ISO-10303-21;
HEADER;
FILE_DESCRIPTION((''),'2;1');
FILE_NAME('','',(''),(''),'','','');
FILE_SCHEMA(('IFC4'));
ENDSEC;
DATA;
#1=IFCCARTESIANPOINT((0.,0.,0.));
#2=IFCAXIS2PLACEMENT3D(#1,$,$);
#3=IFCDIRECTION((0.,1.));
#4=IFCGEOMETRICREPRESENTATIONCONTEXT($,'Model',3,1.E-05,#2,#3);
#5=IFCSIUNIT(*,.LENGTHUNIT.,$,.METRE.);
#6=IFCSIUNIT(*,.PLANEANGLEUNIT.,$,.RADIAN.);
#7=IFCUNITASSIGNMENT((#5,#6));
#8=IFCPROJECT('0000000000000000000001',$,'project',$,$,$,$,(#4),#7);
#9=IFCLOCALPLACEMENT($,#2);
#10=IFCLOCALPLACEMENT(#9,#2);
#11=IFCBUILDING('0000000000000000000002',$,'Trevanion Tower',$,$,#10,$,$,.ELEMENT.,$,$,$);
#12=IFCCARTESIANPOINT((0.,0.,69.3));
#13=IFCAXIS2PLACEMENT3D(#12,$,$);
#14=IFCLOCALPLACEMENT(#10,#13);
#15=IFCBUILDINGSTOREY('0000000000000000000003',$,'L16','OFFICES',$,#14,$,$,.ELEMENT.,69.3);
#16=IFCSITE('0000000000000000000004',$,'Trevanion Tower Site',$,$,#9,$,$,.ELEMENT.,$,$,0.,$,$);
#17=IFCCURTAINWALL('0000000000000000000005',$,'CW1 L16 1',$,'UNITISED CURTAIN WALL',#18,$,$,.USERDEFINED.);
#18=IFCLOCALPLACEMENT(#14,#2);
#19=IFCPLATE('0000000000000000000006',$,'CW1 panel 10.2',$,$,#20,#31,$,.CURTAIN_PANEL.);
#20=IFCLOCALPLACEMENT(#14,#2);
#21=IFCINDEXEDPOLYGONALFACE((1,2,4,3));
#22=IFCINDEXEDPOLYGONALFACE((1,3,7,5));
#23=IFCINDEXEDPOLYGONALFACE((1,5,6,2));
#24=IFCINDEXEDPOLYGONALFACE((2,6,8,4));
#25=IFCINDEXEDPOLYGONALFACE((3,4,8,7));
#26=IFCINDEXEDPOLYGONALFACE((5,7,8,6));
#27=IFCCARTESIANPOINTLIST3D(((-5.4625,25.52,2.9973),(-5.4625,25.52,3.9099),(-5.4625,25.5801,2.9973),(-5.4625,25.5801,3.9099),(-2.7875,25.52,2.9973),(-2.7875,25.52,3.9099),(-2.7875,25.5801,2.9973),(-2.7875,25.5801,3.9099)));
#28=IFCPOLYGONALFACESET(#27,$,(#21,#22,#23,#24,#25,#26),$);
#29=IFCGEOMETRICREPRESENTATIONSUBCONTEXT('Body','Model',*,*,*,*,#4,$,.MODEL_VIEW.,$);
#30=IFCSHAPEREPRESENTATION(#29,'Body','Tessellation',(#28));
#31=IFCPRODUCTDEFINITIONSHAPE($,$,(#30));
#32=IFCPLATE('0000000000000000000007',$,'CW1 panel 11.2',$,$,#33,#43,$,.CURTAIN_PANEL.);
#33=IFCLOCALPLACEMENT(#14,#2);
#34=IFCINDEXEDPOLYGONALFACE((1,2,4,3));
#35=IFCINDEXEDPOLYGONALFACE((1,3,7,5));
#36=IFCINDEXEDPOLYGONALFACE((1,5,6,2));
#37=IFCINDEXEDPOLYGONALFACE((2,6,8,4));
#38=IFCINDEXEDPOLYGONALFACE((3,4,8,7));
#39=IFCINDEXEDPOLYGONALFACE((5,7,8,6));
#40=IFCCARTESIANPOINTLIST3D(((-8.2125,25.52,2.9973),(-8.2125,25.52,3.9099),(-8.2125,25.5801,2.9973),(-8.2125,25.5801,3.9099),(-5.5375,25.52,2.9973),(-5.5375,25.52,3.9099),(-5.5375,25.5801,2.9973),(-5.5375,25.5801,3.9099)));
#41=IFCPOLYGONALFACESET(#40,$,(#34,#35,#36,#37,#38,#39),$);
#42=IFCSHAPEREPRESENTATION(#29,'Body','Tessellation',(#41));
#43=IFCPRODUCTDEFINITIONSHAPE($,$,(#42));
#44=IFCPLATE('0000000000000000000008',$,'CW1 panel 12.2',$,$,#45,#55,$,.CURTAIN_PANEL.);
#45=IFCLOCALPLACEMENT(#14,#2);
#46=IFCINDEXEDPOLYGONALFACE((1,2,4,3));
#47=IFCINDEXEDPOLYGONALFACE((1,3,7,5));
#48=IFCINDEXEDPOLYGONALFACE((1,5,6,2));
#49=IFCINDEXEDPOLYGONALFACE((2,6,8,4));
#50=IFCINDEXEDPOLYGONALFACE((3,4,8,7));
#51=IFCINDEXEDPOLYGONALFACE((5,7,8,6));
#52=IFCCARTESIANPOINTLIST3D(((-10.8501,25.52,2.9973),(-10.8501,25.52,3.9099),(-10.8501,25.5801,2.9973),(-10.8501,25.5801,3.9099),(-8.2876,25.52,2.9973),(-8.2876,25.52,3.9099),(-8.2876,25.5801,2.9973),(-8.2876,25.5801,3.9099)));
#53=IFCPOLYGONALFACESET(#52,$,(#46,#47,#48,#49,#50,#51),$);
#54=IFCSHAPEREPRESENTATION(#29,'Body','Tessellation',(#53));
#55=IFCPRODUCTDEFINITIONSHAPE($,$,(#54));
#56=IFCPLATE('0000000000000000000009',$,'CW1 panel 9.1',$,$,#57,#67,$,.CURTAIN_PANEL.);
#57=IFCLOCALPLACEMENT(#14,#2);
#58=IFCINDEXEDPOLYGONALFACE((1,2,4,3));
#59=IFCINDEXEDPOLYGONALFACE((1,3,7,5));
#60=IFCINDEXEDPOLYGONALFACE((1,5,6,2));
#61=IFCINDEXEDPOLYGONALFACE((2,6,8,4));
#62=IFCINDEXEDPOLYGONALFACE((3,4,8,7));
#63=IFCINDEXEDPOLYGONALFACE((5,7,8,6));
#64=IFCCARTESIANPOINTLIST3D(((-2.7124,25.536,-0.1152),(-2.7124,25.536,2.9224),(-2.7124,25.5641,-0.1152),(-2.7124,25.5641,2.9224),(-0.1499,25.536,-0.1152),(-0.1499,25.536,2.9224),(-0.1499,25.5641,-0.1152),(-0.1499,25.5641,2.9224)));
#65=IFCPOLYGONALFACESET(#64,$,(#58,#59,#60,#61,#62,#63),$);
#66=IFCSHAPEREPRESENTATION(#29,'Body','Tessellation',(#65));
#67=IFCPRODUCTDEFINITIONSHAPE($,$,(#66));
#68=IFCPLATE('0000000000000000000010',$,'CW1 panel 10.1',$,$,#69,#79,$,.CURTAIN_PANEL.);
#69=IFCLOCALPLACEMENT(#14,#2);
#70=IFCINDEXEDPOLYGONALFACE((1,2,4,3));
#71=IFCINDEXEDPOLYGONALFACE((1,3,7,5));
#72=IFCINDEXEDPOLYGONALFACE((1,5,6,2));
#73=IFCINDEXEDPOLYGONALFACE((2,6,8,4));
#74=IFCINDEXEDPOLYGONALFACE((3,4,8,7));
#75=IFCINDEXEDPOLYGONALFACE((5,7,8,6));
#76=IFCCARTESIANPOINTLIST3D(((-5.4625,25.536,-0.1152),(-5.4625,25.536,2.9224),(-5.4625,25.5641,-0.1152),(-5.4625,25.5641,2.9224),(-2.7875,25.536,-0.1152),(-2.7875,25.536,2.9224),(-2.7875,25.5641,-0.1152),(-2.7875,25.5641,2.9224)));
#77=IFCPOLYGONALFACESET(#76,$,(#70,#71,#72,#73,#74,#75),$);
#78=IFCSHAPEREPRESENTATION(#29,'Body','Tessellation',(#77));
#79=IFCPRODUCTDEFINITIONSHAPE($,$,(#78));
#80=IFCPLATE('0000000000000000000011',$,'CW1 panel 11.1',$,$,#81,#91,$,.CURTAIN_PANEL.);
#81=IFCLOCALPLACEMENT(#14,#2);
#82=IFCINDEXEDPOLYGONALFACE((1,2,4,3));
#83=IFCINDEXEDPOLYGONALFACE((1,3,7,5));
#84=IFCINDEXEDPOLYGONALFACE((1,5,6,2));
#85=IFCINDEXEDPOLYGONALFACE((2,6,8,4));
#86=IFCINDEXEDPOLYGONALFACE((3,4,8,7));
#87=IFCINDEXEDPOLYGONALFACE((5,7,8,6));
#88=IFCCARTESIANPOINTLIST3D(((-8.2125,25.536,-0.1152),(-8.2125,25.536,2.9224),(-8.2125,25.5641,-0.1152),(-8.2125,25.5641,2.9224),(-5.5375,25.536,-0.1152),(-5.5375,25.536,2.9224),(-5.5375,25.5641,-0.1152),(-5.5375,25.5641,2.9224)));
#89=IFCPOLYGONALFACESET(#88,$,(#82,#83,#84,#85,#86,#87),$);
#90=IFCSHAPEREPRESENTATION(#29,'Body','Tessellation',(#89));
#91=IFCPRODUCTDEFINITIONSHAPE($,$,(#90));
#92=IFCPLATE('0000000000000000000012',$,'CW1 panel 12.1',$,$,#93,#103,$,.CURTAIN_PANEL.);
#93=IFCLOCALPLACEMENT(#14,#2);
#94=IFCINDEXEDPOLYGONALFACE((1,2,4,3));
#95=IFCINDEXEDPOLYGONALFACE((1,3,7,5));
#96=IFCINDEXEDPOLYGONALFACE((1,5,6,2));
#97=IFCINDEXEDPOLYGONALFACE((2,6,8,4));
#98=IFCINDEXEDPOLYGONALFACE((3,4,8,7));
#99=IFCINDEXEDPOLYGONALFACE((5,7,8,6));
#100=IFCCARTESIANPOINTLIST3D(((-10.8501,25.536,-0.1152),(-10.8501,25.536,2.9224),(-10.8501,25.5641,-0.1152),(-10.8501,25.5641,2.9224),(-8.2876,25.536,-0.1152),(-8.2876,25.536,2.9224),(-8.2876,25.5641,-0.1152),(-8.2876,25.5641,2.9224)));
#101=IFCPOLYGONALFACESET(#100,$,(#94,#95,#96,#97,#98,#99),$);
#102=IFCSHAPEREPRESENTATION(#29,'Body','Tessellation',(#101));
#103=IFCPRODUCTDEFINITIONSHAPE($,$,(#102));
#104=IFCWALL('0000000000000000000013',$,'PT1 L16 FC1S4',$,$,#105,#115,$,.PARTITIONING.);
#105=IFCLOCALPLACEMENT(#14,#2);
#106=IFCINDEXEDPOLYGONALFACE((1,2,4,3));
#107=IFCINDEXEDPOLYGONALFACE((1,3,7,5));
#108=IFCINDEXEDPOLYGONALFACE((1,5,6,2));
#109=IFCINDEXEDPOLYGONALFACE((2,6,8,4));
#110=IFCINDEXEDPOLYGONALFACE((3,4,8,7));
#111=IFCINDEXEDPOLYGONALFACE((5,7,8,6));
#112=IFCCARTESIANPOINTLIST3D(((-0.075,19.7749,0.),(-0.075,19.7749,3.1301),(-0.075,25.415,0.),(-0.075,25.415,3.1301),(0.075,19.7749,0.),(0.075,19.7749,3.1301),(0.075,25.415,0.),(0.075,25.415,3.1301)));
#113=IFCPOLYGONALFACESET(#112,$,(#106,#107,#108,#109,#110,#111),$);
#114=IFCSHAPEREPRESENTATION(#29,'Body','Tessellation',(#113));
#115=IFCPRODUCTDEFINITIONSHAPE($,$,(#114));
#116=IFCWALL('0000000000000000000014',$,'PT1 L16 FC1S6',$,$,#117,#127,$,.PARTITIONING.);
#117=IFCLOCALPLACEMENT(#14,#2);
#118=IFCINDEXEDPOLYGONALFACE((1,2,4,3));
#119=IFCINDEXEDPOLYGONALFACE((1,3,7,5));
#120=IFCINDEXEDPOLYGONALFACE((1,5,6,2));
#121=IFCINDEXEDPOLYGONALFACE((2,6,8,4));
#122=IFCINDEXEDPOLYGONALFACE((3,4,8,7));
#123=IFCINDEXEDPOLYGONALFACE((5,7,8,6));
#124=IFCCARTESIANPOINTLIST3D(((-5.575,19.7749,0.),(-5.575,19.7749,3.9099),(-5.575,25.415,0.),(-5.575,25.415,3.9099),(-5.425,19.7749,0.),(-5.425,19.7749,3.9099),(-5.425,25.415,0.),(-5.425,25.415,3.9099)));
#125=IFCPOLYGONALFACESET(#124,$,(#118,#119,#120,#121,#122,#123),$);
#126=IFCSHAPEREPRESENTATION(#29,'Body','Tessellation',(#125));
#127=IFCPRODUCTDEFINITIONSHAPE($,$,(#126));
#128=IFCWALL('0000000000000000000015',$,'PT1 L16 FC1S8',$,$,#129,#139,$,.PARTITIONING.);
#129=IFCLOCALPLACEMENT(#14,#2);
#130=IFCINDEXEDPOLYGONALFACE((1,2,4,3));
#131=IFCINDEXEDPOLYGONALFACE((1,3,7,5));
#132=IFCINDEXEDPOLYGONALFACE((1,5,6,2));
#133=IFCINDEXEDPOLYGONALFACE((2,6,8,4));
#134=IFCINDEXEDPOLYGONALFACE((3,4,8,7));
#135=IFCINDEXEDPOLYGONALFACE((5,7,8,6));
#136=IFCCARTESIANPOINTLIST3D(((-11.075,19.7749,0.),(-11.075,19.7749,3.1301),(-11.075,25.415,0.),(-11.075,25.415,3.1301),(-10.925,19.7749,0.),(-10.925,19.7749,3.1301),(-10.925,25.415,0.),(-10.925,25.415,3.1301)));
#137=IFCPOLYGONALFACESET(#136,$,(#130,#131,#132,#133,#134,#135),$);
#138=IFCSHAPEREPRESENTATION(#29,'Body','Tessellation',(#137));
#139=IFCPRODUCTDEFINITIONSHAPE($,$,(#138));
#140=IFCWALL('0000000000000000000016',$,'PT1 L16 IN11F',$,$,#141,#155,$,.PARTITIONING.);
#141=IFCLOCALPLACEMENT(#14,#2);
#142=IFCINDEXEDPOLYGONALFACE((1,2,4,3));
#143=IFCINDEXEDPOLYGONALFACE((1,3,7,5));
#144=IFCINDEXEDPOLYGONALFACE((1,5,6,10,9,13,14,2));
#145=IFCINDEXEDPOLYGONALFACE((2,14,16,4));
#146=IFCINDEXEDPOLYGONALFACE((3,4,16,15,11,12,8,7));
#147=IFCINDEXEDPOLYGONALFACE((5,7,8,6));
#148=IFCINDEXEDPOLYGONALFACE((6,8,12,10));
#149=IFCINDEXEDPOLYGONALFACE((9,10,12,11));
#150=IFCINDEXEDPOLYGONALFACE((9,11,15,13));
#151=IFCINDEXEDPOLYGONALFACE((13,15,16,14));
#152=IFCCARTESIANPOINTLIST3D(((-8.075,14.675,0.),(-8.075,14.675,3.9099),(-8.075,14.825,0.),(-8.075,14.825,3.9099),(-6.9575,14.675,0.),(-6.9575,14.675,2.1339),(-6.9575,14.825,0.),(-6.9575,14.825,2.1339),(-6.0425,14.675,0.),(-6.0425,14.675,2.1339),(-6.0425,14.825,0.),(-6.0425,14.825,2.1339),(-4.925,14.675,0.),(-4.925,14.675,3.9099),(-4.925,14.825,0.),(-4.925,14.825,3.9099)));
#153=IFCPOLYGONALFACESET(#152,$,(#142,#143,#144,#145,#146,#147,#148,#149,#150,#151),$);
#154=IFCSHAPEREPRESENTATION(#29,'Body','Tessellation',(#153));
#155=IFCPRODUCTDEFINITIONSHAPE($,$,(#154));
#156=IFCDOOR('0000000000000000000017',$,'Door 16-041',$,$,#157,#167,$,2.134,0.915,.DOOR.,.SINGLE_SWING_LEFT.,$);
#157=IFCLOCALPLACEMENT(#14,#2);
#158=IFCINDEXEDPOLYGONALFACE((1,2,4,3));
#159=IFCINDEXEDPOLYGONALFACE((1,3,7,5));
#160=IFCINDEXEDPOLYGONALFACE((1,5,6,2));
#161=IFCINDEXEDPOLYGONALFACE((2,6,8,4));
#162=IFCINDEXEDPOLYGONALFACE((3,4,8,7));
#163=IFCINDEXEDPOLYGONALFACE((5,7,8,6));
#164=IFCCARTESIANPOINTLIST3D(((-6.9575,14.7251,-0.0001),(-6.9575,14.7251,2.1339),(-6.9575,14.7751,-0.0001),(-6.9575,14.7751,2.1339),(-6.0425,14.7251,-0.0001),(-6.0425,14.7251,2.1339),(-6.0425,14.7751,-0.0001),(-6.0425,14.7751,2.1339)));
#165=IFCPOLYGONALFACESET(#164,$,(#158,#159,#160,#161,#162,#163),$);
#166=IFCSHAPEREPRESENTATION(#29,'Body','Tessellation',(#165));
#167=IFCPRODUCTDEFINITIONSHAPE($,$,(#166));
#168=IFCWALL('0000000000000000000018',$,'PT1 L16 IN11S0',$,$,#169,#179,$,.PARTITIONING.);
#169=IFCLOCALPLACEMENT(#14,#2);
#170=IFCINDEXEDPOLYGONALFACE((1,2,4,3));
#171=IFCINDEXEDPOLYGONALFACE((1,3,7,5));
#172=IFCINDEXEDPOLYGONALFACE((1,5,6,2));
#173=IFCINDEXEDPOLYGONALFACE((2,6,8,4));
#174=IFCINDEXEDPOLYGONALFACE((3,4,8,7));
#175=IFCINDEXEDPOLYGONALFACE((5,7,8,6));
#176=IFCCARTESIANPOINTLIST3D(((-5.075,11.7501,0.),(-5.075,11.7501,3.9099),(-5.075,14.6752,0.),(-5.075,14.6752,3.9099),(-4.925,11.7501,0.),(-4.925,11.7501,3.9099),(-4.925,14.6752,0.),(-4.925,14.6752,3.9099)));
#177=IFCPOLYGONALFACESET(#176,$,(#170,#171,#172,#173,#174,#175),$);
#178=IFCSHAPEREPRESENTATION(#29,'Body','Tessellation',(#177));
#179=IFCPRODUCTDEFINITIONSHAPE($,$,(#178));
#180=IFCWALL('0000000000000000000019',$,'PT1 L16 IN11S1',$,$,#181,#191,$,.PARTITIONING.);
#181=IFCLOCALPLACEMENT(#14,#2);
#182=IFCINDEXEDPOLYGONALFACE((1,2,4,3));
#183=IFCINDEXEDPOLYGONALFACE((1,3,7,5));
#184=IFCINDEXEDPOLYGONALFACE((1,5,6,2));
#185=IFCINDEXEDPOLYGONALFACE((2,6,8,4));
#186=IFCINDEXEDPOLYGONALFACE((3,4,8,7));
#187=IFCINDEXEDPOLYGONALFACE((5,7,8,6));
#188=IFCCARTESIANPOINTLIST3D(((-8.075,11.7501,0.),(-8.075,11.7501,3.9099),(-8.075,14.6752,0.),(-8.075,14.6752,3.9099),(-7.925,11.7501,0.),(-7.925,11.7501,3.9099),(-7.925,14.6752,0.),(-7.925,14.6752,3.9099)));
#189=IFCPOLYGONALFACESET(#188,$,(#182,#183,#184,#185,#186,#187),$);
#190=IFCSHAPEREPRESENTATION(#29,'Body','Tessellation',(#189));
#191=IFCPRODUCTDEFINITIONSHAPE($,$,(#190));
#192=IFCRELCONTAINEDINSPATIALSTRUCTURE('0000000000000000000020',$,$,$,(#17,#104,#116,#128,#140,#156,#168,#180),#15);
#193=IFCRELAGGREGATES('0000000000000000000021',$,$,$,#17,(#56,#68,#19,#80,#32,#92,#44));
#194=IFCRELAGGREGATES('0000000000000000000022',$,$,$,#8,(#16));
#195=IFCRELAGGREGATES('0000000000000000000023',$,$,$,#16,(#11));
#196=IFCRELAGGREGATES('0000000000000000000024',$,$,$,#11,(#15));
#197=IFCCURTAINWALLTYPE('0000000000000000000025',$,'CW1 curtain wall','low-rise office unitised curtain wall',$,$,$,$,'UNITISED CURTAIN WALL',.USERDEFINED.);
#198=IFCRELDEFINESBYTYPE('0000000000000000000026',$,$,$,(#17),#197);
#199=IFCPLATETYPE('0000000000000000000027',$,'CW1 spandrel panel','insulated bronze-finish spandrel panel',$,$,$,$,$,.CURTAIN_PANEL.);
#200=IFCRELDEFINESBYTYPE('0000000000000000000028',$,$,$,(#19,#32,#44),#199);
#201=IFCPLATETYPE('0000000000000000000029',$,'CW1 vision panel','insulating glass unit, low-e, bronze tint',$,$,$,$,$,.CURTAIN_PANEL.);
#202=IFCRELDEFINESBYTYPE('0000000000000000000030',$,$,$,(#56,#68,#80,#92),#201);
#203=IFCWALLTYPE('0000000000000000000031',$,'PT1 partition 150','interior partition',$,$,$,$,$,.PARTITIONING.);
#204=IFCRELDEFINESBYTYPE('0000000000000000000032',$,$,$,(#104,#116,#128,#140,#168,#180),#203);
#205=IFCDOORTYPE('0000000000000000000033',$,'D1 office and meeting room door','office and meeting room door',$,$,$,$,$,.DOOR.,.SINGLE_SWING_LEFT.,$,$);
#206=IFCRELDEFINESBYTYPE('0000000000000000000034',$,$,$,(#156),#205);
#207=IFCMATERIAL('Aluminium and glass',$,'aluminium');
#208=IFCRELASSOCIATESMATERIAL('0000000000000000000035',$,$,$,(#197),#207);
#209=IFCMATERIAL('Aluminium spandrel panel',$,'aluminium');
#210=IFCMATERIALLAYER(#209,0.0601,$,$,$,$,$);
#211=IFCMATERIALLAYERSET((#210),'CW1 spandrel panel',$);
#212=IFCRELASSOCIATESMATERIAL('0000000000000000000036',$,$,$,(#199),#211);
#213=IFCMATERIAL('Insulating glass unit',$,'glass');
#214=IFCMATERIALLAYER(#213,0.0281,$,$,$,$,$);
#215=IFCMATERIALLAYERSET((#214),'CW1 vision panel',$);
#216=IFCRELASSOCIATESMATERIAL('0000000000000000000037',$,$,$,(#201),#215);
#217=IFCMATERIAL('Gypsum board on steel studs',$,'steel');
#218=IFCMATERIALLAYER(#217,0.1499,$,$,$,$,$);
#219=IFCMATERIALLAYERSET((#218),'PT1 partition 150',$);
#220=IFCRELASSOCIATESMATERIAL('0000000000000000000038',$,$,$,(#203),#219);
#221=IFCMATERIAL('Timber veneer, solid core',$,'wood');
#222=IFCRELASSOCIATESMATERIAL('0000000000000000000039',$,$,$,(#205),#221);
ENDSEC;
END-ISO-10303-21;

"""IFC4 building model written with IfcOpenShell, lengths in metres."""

from ifc_helpers import new_model, si_unit, direction, frame, frame_2d, origin, origin_2d, place, context, subcontext, project, spatial, rectangle, extrude, material, layer, layer_set, type_object, element, fill, aggregate, save


model = new_model("IFC4")

# Units and contexts
model_context = context("Model", 3, precision=1e-05, world=origin(), true_north=direction((0.0, 1.0)))
body_context = subcontext(model_context, "Body", "Model", "MODEL_VIEW")
ifc_project = project(units=[si_unit("LENGTHUNIT", "METRE"), si_unit("PLANEANGLEUNIT", "RADIAN")], contexts=[model_context])

# Site, building, storey
site_placement = place(None, origin())
site = spatial("IfcSite", under=ifc_project, at=site_placement, Name="Trevanion Tower Site", CompositionType="ELEMENT", RefElevation=0.0)
building_placement = place(site_placement, origin())
building = spatial("IfcBuilding", under=site, at=building_placement, Name="Trevanion Tower", CompositionType="ELEMENT")
storey_placement = place(building_placement, frame((0.0, 0.0, 69.3)))
storey = spatial("IfcBuildingStorey", under=building, at=storey_placement, Name="L16", Description="OFFICES", CompositionType="ELEMENT", Elevation=69.3)

# Curtain wall
ifc_material_1 = material(Name="Aluminium and glass", Category="aluminium")
curtain_wall_type = type_object("IfcCurtainWallType", Name="CW1 curtain wall", Description="low-rise office unitised curtain wall", ElementType="UNITISED CURTAIN WALL", PredefinedType="USERDEFINED", material=ifc_material_1)
curtain_wall_placement = place(storey_placement, origin())
curtain_wall = element("IfcCurtainWall", 1, at=curtain_wall_placement, inside=storey, type_object=curtain_wall_type, Name="CW1 L16 1", ObjectType="UNITISED CURTAIN WALL", PredefinedType="USERDEFINED")

# Plates
ifc_material_2 = material(Name="Aluminium spandrel panel", Category="aluminium")
ifc_layer_1 = layer(ifc_material_2, 0.0601)
ifc_layer_set_1 = layer_set([ifc_layer_1], Name="CW1 spandrel panel")
plate_type_1 = type_object("IfcPlateType", Name="CW1 spandrel panel", Description="insulated bronze-finish spandrel panel", PredefinedType="CURTAIN_PANEL", material=ifc_layer_set_1)
plate_1_placement = place(storey_placement, frame((-4.125, 25.55, 2.9973), z_axis=(0.0, 0.0, 1.0), x_axis=(-1.0, 0.0, 0.0)))
plate_1 = element("IfcPlate", 2, at=plate_1_placement, type_object=plate_type_1, Name="CW1 panel 10.2", PredefinedType="CURTAIN_PANEL", context=body_context, shape_type="SweptSolid", body=[
    extrude(rectangle(XDim=2.675, YDim=0.0601, at=origin_2d()), origin(), (0.0, 0.0, 1.0), 0.9126),
])
plate_2_placement = place(storey_placement, frame((-6.875, 25.55, 2.9973), z_axis=(0.0, 0.0, 1.0), x_axis=(-1.0, 0.0, 0.0)))
plate_2 = element("IfcPlate", 3, at=plate_2_placement, type_object=plate_type_1, Name="CW1 panel 11.2", PredefinedType="CURTAIN_PANEL", context=body_context, shape_type="SweptSolid", body=[
    extrude(rectangle(XDim=2.675, YDim=0.0601, at=origin_2d()), origin(), (0.0, 0.0, 1.0), 0.9126),
])
plate_3_placement = place(storey_placement, frame((-9.5688, 25.55, 2.9973), z_axis=(0.0, 0.0, 1.0), x_axis=(-1.0, 0.0, 0.0)))
plate_3 = element("IfcPlate", 4, at=plate_3_placement, type_object=plate_type_1, Name="CW1 panel 12.2", PredefinedType="CURTAIN_PANEL", context=body_context, shape_type="SweptSolid", body=[
    extrude(rectangle(XDim=2.5625, YDim=0.0601, at=origin_2d()), origin(), (0.0, 0.0, 1.0), 0.9126),
])
ifc_material_3 = material(Name="Insulating glass unit", Category="glass")
ifc_layer_2 = layer(ifc_material_3, 0.0281)
ifc_layer_set_2 = layer_set([ifc_layer_2], Name="CW1 vision panel")
plate_type_2 = type_object("IfcPlateType", Name="CW1 vision panel", Description="insulating glass unit, low-e, bronze tint", PredefinedType="CURTAIN_PANEL", material=ifc_layer_set_2)
plate_4_placement = place(storey_placement, frame((-1.4312, 25.55, -0.1152), z_axis=(0.0, 0.0, 1.0), x_axis=(-1.0, 0.0, 0.0)))
plate_4 = element("IfcPlate", 5, at=plate_4_placement, type_object=plate_type_2, Name="CW1 panel 9.1", PredefinedType="CURTAIN_PANEL", context=body_context, shape_type="SweptSolid", body=[
    extrude(rectangle(XDim=2.5625, YDim=0.0281, at=origin_2d()), origin(), (0.0, 0.0, 1.0), 3.0376),
])
plate_5_placement = place(storey_placement, frame((-4.125, 25.55, -0.1152), z_axis=(0.0, 0.0, 1.0), x_axis=(-1.0, 0.0, 0.0)))
plate_5 = element("IfcPlate", 6, at=plate_5_placement, type_object=plate_type_2, Name="CW1 panel 10.1", PredefinedType="CURTAIN_PANEL", context=body_context, shape_type="SweptSolid", body=[
    extrude(rectangle(XDim=2.675, YDim=0.0281, at=origin_2d()), origin(), (0.0, 0.0, 1.0), 3.0376),
])
plate_6_placement = place(storey_placement, frame((-6.875, 25.55, -0.1152), z_axis=(0.0, 0.0, 1.0), x_axis=(-1.0, 0.0, 0.0)))
plate_6 = element("IfcPlate", 7, at=plate_6_placement, type_object=plate_type_2, Name="CW1 panel 11.1", PredefinedType="CURTAIN_PANEL", context=body_context, shape_type="SweptSolid", body=[
    extrude(rectangle(XDim=2.675, YDim=0.0281, at=origin_2d()), origin(), (0.0, 0.0, 1.0), 3.0376),
])
plate_7_placement = place(storey_placement, frame((-9.5688, 25.55, -0.1152), z_axis=(0.0, 0.0, 1.0), x_axis=(-1.0, 0.0, 0.0)))
plate_7 = element("IfcPlate", 8, at=plate_7_placement, type_object=plate_type_2, Name="CW1 panel 12.1", PredefinedType="CURTAIN_PANEL", context=body_context, shape_type="SweptSolid", body=[
    extrude(rectangle(XDim=2.5625, YDim=0.0281, at=origin_2d()), origin(), (0.0, 0.0, 1.0), 3.0376),
])
aggregate(curtain_wall, [plate_4, plate_5, plate_1, plate_6, plate_2, plate_7, plate_3])

# Walls
ifc_material_4 = material(Name="Gypsum board on steel studs", Category="steel")
ifc_layer_3 = layer(ifc_material_4, 0.1499)
ifc_layer_set_3 = layer_set([ifc_layer_3], Name="PT1 partition 150")
wall_type = type_object("IfcWallType", Name="PT1 partition 150", Description="interior partition", PredefinedType="PARTITIONING", material=ifc_layer_set_3)
wall_1_placement = place(storey_placement, frame((0.0, 19.7749, 0.0), z_axis=(0.0, 0.0, 1.0), x_axis=(0.0, 1.0, 0.0)))
element("IfcWall", 9, at=wall_1_placement, inside=storey, type_object=wall_type, Name="PT1 L16 FC1S4", PredefinedType="PARTITIONING", context=body_context, shape_type="SweptSolid", body=[
    extrude(rectangle(XDim=5.6401, YDim=0.1499, at=frame_2d((2.8201, 0.0))), origin(), (0.0, 0.0, 1.0), 3.1301),
])
wall_2_placement = place(storey_placement, frame((-5.5, 19.7749, 0.0), z_axis=(0.0, 0.0, 1.0), x_axis=(0.0, 1.0, 0.0)))
element("IfcWall", 10, at=wall_2_placement, inside=storey, type_object=wall_type, Name="PT1 L16 FC1S6", PredefinedType="PARTITIONING", context=body_context, shape_type="SweptSolid", body=[
    extrude(rectangle(XDim=5.6401, YDim=0.1499, at=frame_2d((2.8201, 0.0))), origin(), (0.0, 0.0, 1.0), 3.9099),
])
wall_3_placement = place(storey_placement, frame((-11.0, 19.7749, 0.0), z_axis=(0.0, 0.0, 1.0), x_axis=(0.0, 1.0, 0.0)))
element("IfcWall", 11, at=wall_3_placement, inside=storey, type_object=wall_type, Name="PT1 L16 FC1S8", PredefinedType="PARTITIONING", context=body_context, shape_type="SweptSolid", body=[
    extrude(rectangle(XDim=5.6401, YDim=0.1499, at=frame_2d((2.8201, 0.0))), origin(), (0.0, 0.0, 1.0), 3.1301),
])

# Wall, opening, door
wall_4_placement = place(storey_placement, frame((-4.925, 14.75, 0.0), z_axis=(0.0, 0.0, 1.0), x_axis=(-1.0, 0.0, 0.0)))
wall_4 = element("IfcWall", 12, at=wall_4_placement, inside=storey, type_object=wall_type, Name="PT1 L16 IN11F", PredefinedType="PARTITIONING", context=body_context, shape_type="SweptSolid", body=[
    extrude(rectangle(XDim=3.1499, YDim=0.1499, at=frame_2d((1.575, 0.0))), origin(), (0.0, 0.0, 1.0), 3.9099),
])
opening_placement = place(wall_4_placement, frame((1.1174, 0.0, 0.0)))
opening = element("IfcOpeningElement", 13, at=opening_placement, cuts=wall_4, PredefinedType="OPENING", context=body_context, shape_type="SweptSolid", body=[
    extrude(rectangle(XDim=0.915, YDim=2.134, at=frame_2d((0.4575, 1.0669))), frame((0.0, 0.085, 0.0), z_axis=(0.0, -1.0, 0.0), x_axis=(1.0, 0.0, 0.0)), (0.0, 0.0, 1.0), 0.1699),
])
ifc_material_5 = material(Name="Timber veneer, solid core", Category="wood")
door_type = type_object("IfcDoorType", Name="D1 office and meeting room door", Description="office and meeting room door", OperationType="SINGLE_SWING_LEFT", PredefinedType="DOOR", material=ifc_material_5)
door_placement = place(opening_placement, origin())
door = element("IfcDoor", 14, at=door_placement, inside=storey, type_object=door_type, Name="Door 16-041", OperationType="SINGLE_SWING_LEFT", OverallHeight=2.134, OverallWidth=0.915, PredefinedType="DOOR", context=body_context, shape_type="SweptSolid", body=[
    extrude(rectangle(XDim=0.915, YDim=2.134, at=frame_2d((0.4575, 1.0669))), frame((0.0, 0.0249, 0.0), z_axis=(0.0, -1.0, 0.0), x_axis=(1.0, 0.0, 0.0)), (0.0, 0.0, 1.0), 0.05),
])
fill(opening, door)

# Walls
for number, where, z_axis, x_axis, name in (
    (15, (-5.0, 14.675, 0.0), (0.0, 0.0, 1.0), (0.0, -1.0, 0.0), "PT1 L16 IN11S0"),
    (16, (-8.0, 14.675, 0.0), (0.0, 0.0, 1.0), (0.0, -1.0, 0.0), "PT1 L16 IN11S1"),
):
    element("IfcWall", number, at=place(storey_placement, frame(where, z_axis=z_axis, x_axis=x_axis)), inside=storey, type_object=wall_type, Name=name, PredefinedType="PARTITIONING", context=body_context, shape_type="SweptSolid", body=[
        extrude(rectangle(XDim=2.925, YDim=0.1499, at=frame_2d((1.4624, 0.0))), origin(), (0.0, 0.0, 1.0), 3.9099),
    ])

save(model, "model.ifc")
